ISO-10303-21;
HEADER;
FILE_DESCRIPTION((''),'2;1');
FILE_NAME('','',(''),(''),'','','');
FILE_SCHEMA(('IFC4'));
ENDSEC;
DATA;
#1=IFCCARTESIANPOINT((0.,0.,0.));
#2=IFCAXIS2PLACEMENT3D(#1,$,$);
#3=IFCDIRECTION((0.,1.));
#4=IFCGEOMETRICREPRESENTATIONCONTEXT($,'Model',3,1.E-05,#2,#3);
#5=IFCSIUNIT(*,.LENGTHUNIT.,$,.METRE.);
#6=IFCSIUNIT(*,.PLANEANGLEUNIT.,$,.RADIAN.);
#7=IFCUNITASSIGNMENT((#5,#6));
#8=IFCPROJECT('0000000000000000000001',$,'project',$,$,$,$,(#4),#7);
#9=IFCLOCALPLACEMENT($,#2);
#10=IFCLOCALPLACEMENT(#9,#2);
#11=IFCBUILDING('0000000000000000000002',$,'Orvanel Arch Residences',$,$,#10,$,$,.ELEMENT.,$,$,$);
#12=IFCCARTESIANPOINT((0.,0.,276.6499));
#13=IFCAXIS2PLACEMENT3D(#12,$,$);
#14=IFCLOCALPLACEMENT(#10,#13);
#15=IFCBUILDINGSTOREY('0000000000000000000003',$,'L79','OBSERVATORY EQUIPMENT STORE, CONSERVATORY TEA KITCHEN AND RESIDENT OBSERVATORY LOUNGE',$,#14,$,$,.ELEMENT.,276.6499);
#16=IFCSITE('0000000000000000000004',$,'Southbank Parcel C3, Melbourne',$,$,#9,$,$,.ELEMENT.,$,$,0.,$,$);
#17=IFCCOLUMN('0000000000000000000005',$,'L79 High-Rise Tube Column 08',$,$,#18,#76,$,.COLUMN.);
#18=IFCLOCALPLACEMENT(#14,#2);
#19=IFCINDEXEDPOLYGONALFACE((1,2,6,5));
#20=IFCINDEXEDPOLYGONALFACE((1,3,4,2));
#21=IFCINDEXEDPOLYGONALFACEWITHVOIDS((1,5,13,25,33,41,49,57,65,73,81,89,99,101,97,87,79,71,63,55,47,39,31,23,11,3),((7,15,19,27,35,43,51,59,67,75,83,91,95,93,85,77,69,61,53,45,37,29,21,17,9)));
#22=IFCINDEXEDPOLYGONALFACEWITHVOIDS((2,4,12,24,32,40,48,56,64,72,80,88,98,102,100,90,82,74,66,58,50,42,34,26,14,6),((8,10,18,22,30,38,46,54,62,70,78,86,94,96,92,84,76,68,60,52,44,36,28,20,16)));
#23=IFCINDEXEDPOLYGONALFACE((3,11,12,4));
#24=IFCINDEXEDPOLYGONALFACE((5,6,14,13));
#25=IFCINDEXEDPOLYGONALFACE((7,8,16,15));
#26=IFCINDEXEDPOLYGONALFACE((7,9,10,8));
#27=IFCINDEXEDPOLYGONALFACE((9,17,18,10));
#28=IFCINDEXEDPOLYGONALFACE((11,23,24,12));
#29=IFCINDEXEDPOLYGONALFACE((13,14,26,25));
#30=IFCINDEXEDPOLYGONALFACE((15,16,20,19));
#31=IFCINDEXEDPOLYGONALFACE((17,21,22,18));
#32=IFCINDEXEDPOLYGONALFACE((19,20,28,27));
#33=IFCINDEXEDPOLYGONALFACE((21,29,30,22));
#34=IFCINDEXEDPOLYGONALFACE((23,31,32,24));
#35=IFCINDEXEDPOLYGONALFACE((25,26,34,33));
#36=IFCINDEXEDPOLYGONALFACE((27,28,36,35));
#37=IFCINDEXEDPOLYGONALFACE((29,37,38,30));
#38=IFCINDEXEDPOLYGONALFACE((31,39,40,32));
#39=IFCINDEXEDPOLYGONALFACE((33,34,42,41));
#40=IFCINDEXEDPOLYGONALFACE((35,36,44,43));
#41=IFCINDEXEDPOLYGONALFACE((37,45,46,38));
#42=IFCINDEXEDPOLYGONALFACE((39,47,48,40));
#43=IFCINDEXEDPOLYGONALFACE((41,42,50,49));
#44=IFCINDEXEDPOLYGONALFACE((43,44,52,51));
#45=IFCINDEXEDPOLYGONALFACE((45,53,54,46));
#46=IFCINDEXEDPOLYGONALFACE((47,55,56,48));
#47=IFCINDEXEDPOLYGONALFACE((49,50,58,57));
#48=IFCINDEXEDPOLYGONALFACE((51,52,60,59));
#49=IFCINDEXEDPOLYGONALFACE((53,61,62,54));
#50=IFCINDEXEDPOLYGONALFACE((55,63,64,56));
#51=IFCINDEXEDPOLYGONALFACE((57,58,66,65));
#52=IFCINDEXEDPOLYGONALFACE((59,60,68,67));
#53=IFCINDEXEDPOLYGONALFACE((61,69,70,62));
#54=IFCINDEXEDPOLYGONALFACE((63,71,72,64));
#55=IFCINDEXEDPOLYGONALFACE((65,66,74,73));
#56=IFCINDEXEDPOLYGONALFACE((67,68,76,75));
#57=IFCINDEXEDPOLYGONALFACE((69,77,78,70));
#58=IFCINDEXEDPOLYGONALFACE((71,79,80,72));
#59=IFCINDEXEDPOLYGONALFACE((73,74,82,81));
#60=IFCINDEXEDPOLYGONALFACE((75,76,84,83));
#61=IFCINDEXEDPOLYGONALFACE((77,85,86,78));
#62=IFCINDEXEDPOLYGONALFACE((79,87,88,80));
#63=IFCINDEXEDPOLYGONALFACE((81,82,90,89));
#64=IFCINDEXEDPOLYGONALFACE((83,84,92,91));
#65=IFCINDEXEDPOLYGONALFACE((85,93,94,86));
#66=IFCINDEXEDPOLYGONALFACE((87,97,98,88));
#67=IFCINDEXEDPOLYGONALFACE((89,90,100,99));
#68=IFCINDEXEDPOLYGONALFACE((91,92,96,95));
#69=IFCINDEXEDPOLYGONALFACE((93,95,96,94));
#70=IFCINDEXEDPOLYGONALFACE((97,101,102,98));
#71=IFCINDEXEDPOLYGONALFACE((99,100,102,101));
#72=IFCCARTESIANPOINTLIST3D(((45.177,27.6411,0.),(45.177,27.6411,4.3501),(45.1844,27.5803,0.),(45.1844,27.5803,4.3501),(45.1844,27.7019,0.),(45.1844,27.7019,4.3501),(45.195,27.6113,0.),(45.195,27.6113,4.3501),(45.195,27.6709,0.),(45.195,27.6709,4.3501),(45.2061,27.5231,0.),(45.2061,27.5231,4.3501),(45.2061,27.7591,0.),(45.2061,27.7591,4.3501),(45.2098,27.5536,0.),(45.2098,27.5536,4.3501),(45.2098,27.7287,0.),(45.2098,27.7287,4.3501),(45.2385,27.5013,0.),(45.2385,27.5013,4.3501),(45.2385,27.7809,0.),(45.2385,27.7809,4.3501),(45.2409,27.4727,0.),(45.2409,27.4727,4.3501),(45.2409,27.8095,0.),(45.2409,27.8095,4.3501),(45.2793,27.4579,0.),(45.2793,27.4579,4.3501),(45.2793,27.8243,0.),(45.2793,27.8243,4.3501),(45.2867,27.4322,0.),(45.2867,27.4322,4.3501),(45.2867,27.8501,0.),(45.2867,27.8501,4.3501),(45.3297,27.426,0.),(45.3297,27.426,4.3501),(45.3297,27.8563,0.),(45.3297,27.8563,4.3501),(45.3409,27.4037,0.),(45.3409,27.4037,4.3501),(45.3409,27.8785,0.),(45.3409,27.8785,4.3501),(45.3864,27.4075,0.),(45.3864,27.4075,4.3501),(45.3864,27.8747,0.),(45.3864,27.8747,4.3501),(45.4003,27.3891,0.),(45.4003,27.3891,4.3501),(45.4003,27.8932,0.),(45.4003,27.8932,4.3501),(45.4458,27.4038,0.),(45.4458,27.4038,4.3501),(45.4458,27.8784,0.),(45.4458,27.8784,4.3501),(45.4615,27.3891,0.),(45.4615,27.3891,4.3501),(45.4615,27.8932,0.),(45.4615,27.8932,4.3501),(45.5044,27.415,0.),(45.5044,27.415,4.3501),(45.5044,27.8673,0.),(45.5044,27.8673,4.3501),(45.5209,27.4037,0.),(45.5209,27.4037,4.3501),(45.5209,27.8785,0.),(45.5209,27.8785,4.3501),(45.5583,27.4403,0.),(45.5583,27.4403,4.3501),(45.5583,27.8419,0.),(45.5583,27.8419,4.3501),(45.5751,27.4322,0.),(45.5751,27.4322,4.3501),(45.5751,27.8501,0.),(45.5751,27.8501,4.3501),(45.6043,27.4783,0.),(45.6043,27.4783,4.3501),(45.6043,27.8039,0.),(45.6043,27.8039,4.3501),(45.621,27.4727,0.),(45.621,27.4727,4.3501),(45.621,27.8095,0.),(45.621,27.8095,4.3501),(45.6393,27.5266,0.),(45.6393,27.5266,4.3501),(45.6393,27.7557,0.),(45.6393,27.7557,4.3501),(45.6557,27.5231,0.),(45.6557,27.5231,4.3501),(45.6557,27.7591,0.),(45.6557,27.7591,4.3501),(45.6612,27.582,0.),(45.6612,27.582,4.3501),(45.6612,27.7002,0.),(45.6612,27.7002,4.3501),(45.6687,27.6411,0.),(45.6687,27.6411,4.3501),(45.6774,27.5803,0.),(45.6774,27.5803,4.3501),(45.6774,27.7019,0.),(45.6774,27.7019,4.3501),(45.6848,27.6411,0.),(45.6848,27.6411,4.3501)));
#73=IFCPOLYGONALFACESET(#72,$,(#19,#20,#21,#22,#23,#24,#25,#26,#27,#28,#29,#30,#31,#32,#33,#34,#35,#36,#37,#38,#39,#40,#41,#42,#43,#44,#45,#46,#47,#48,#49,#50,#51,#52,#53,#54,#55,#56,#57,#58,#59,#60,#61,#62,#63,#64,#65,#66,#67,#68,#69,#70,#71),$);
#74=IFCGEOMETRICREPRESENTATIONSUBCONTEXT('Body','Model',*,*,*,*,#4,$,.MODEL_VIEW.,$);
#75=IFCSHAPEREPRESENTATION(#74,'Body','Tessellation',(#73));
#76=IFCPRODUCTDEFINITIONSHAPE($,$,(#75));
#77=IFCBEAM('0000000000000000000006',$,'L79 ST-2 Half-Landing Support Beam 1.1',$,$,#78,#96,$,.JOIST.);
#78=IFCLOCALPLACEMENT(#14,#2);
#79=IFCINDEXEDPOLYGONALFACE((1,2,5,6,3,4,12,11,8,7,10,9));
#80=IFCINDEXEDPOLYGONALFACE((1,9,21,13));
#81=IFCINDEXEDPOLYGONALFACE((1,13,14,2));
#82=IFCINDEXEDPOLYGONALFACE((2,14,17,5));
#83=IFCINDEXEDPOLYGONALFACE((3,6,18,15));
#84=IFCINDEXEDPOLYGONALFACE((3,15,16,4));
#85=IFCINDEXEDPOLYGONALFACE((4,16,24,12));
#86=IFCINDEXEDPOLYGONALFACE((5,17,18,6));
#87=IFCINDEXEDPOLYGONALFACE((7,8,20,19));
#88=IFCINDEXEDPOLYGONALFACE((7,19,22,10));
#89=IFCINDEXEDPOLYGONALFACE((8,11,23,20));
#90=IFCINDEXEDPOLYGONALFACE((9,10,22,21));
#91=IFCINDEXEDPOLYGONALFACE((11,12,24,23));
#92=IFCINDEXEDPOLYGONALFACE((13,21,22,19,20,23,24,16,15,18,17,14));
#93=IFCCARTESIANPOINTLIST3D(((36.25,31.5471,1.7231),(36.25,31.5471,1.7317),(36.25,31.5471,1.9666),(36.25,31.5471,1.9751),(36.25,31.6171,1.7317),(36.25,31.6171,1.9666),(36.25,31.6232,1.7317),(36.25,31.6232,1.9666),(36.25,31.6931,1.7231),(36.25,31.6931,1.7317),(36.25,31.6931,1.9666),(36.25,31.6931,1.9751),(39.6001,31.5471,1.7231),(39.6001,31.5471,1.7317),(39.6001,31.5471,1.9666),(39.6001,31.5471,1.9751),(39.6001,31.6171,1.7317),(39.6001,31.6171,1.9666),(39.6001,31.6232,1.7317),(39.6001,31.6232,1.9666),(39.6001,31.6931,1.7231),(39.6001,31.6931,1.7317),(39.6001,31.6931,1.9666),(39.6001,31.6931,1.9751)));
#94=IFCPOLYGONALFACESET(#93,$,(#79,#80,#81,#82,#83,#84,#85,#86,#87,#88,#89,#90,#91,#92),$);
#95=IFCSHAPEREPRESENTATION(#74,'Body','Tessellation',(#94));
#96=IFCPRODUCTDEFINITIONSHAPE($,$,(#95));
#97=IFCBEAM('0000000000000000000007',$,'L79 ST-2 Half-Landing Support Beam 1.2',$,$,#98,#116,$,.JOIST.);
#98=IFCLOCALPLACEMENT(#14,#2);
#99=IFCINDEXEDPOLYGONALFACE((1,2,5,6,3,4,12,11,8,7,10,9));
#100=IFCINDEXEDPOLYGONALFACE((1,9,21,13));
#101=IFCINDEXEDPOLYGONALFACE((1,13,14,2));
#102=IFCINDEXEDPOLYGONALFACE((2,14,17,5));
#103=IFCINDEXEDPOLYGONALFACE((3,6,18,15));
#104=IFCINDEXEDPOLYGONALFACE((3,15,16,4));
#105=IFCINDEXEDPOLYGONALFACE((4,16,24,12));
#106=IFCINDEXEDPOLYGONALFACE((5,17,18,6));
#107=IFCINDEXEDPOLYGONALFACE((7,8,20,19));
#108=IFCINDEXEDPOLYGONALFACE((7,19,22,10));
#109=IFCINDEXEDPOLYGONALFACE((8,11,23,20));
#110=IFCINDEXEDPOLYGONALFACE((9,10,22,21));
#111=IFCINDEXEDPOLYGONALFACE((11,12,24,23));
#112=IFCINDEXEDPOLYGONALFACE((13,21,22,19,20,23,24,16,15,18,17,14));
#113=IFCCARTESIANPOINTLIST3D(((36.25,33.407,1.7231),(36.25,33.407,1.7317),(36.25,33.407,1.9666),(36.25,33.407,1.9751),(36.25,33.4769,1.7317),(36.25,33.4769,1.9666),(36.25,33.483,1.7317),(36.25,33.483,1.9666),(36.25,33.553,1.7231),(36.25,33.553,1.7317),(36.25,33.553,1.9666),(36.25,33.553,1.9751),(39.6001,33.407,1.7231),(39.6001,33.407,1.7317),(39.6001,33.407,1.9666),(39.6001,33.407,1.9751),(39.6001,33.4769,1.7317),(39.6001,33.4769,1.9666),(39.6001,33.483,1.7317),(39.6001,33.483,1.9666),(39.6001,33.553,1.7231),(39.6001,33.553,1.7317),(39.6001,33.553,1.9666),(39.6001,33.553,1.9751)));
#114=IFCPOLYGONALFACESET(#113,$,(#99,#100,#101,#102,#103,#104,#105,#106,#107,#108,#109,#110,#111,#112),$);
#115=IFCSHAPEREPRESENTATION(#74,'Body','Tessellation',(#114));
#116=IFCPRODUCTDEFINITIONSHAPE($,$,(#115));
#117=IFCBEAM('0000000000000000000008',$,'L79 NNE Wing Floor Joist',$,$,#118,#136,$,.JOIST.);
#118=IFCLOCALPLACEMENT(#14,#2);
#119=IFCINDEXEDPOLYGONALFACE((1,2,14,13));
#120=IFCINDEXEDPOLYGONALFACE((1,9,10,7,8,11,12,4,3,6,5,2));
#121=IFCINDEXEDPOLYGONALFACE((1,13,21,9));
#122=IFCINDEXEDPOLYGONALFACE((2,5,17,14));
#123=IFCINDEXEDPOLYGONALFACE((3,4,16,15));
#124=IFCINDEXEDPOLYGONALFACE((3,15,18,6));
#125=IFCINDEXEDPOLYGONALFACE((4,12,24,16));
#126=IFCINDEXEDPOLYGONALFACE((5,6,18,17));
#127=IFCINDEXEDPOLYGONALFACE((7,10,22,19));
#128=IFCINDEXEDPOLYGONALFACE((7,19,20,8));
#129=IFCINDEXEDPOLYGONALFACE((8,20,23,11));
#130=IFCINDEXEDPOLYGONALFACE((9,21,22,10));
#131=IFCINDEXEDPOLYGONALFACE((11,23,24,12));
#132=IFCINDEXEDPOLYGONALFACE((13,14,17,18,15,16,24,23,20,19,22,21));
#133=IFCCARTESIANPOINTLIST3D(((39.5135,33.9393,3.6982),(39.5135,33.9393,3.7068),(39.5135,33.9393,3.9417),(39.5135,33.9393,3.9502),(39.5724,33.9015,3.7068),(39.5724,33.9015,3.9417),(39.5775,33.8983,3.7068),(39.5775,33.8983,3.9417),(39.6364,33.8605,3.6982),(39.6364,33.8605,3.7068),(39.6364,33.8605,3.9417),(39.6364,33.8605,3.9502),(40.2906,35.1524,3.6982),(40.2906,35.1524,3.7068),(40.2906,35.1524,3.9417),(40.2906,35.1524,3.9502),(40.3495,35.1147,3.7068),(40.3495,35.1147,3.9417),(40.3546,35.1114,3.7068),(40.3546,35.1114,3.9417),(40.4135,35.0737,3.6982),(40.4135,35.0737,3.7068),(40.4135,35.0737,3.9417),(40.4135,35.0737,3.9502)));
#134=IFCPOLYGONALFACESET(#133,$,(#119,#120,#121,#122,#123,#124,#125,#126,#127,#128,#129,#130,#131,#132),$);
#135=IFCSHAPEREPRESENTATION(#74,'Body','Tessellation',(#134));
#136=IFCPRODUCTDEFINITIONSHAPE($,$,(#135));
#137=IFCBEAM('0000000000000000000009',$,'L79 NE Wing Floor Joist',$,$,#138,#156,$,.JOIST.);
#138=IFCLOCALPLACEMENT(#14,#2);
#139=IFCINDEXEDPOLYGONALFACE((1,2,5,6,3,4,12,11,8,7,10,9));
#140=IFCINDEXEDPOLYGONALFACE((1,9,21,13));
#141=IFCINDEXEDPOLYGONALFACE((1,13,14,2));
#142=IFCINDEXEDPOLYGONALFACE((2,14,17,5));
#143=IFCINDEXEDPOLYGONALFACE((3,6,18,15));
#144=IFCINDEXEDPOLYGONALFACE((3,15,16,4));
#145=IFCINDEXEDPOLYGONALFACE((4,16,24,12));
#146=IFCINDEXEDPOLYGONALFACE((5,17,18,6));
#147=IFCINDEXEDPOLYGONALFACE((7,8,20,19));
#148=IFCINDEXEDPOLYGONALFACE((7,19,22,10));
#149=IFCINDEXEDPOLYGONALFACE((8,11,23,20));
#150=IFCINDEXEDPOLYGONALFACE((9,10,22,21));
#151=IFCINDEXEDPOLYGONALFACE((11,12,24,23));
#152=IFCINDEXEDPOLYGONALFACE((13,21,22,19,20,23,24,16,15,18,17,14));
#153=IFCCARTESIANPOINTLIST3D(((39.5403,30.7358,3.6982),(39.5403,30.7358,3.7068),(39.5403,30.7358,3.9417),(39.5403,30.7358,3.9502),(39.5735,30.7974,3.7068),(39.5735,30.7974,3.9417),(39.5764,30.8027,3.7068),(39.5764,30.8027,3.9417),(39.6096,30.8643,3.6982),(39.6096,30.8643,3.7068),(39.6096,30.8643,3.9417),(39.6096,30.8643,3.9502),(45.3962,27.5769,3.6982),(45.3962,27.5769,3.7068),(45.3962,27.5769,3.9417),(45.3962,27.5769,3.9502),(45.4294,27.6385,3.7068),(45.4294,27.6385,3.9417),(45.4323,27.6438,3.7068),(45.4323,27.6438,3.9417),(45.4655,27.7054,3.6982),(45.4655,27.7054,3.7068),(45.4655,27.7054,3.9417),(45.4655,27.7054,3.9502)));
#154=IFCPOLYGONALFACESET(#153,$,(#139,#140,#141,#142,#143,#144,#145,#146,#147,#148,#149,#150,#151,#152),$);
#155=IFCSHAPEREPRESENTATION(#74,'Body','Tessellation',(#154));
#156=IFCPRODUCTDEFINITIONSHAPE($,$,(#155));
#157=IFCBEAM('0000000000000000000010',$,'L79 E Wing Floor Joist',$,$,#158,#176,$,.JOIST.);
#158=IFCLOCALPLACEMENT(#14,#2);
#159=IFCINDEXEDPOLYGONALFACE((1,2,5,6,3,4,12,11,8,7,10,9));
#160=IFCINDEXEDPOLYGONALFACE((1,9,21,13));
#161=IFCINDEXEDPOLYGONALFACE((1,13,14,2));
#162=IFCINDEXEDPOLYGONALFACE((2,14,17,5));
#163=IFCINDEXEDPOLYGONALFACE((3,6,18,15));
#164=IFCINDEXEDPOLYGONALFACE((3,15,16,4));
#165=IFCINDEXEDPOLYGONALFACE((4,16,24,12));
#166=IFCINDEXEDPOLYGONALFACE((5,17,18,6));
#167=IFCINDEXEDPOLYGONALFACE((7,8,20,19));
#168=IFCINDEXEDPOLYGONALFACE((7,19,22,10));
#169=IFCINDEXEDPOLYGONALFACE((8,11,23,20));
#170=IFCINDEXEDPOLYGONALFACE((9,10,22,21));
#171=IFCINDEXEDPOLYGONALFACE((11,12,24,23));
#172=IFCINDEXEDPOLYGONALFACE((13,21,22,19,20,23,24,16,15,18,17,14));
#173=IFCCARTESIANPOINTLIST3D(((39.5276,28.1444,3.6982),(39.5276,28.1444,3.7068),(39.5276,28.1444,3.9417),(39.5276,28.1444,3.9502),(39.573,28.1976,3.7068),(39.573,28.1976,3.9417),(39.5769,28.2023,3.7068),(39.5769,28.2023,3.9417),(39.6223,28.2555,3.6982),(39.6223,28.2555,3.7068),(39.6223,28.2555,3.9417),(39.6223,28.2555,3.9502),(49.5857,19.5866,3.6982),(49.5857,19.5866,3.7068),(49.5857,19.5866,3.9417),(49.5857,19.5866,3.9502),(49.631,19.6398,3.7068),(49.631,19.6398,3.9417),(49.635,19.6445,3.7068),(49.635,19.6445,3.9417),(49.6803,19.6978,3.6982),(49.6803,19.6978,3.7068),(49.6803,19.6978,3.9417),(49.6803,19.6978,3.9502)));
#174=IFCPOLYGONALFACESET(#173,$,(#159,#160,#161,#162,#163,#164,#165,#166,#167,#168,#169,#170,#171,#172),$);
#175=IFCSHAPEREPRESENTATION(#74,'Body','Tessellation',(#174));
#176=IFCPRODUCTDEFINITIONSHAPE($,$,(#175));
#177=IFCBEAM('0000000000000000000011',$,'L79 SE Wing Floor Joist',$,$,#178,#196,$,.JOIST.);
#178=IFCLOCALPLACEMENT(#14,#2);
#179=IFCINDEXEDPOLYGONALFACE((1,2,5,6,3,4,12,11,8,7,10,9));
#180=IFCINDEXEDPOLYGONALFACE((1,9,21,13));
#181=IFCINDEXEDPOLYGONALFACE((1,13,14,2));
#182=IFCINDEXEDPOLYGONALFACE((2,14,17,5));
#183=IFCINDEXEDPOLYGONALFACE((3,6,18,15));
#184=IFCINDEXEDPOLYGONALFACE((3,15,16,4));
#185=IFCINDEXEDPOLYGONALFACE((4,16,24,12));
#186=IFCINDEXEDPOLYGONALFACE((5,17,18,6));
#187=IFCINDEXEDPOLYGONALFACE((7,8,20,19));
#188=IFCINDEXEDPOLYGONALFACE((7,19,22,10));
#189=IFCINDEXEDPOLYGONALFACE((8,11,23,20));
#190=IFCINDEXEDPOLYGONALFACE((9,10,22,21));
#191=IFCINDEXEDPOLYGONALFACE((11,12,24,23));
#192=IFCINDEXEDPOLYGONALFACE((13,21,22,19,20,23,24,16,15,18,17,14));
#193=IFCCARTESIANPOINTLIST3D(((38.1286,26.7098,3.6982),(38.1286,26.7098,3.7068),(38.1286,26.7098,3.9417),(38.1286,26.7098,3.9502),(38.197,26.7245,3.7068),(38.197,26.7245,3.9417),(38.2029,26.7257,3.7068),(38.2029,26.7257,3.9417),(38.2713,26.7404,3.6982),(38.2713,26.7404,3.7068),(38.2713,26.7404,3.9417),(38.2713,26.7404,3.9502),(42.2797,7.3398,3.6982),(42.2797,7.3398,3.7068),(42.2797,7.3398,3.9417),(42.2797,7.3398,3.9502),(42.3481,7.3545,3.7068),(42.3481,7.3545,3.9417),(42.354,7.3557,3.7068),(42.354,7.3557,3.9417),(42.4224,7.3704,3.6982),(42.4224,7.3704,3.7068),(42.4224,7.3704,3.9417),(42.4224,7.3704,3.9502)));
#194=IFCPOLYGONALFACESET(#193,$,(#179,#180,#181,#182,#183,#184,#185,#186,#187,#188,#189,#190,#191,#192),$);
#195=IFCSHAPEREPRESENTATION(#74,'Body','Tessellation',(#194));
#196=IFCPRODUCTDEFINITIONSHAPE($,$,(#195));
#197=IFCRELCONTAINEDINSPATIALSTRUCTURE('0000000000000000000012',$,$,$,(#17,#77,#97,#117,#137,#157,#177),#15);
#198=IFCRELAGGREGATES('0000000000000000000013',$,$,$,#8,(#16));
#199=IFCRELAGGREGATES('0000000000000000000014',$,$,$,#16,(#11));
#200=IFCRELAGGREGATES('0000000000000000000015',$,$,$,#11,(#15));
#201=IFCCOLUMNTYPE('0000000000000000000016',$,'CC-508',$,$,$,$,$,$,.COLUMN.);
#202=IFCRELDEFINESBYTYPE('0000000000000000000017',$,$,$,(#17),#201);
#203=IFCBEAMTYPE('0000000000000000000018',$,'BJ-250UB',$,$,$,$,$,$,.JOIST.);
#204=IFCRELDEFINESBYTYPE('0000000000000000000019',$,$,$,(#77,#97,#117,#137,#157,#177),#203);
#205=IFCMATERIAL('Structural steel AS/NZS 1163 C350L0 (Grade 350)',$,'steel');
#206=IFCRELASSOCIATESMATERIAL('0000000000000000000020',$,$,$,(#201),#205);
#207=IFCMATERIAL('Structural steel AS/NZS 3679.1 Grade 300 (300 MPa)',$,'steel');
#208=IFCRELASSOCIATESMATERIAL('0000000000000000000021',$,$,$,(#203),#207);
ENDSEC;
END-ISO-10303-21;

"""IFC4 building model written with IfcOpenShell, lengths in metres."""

from ifc_helpers import new_model, si_unit, direction, frame, origin, origin_2d, place, context, subcontext, project, spatial, hollow_circle, i_section, extrude, material, material_profile, profile_set, type_object, element, save


model = new_model("IFC4")

# Units and contexts
model_context = context("Model", 3, precision=1e-05, world=origin(), true_north=direction((0.0, 1.0)))
body_context = subcontext(model_context, "Body", "Model", "MODEL_VIEW")
ifc_project = project(units=[si_unit("LENGTHUNIT", "METRE"), si_unit("PLANEANGLEUNIT", "RADIAN")], contexts=[model_context])

# Site, building, storey
site_placement = place(None, origin())
site = spatial("IfcSite", under=ifc_project, at=site_placement, Name="Southbank Parcel C3, Melbourne", CompositionType="ELEMENT", RefElevation=0.0)
building_placement = place(site_placement, origin())
building = spatial("IfcBuilding", under=site, at=building_placement, Name="Orvanel Arch Residences", CompositionType="ELEMENT")
storey_placement = place(building_placement, frame((0.0, 0.0, 276.6499)))
storey = spatial("IfcBuildingStorey", under=building, at=storey_placement, Name="L79", Description="OBSERVATORY EQUIPMENT STORE, CONSERVATORY TEA KITCHEN AND RESIDENT OBSERVATORY LOUNGE", CompositionType="ELEMENT", Elevation=276.6499)

# Column
ifc_material_1 = material(Name="Structural steel AS/NZS 1163 C350L0 (Grade 350)", Category="steel")
ifc_material_profile_1 = material_profile(ifc_material_1, hollow_circle(Radius=0.2539, WallThickness=0.0161, at=origin_2d()), Name="CHS508x16")
ifc_profile_set_1 = profile_set([ifc_material_profile_1], Name="Structural steel AS/NZS 1163 C350L0 (Grade 350)")
column_type = type_object("IfcColumnType", Name="CC-508", PredefinedType="COLUMN", material=ifc_profile_set_1)
column_placement = place(storey_placement, frame((45.4309, 27.6411, 0.0), z_axis=(0.0, 0.0, 1.0), x_axis=(1.0, 0.0, 0.0)))
element("IfcColumn", 1, at=column_placement, inside=storey, type_object=column_type, Name="L79 High-Rise Tube Column 08", PredefinedType="COLUMN", context=body_context, shape_type="SweptSolid", body=[
    extrude(hollow_circle(Radius=0.2539, WallThickness=0.0161, at=origin_2d()), origin(), (0.0, 0.0, 1.0), 4.3501),
])

# Beams
ifc_material_2 = material(Name="Structural steel AS/NZS 3679.1 Grade 300 (300 MPa)", Category="steel")
ifc_material_profile_2 = material_profile(ifc_material_2, i_section(OverallWidth=0.146, OverallDepth=0.252, WebThickness=0.0061, FlangeThickness=0.0085, at=origin_2d()), Name="250UB31.4")
ifc_profile_set_2 = profile_set([ifc_material_profile_2], Name="Structural steel AS/NZS 3679.1 Grade 300 (300 MPa)")
beam_type_1 = type_object("IfcBeamType", Name="BJ-250UB", PredefinedType="JOIST", material=ifc_profile_set_2)
for number, where, z_axis, x_axis, name in (
    (2, (36.25, 31.6201, 1.8491), (1.0, 0.0, 0.0), (0.0, 1.0, 0.0), "L79 ST-2 Half-Landing Support Beam 1.1"),
    (3, (36.25, 33.48, 1.8491), (1.0, 0.0, 0.0), (0.0, 1.0, 0.0), "L79 ST-2 Half-Landing Support Beam 1.2"),
):
    element("IfcBeam", number, at=place(storey_placement, frame(where, z_axis=z_axis, x_axis=x_axis)), inside=storey, type_object=beam_type_1, Name=name, PredefinedType="JOIST", context=body_context, shape_type="SweptSolid", body=[
        extrude(i_section(OverallWidth=0.146, OverallDepth=0.252, WebThickness=0.0061, FlangeThickness=0.0085, at=origin_2d()), origin(), (0.0, 0.0, 1.0), 3.3501),
    ])
beam_1_placement = place(storey_placement, frame((39.575, 33.8999, 3.8242), z_axis=(0.539395, 0.842053, 0.0), x_axis=(-0.842053, 0.539395, 0.0)))
element("IfcBeam", 4, at=beam_1_placement, inside=storey, type_object=beam_type_1, Name="L79 NNE Wing Floor Joist", PredefinedType="JOIST", context=body_context, shape_type="SweptSolid", body=[
    extrude(i_section(OverallWidth=0.146, OverallDepth=0.252, WebThickness=0.0061, FlangeThickness=0.0085, at=origin_2d()), origin(), (0.0, 0.0, 1.0), 1.4407),
])
beam_2_placement = place(storey_placement, frame((39.575, 30.8, 3.8242), z_axis=(0.880111, -0.474767, 0.0), x_axis=(0.474767, 0.880111, 0.0)))
element("IfcBeam", 5, at=beam_2_placement, inside=storey, type_object=beam_type_1, Name="L79 NE Wing Floor Joist", PredefinedType="JOIST", context=body_context, shape_type="SweptSolid", body=[
    extrude(i_section(OverallWidth=0.146, OverallDepth=0.252, WebThickness=0.0061, FlangeThickness=0.0085, at=origin_2d()), origin(), (0.0, 0.0, 1.0), 6.6536),
])
beam_3_placement = place(storey_placement, frame((39.575, 28.2, 3.8242), z_axis=(0.761623, -0.648021, 0.0), x_axis=(0.648021, 0.761623, 0.0)))
element("IfcBeam", 6, at=beam_3_placement, inside=storey, type_object=beam_type_1, Name="L79 E Wing Floor Joist", PredefinedType="JOIST", context=body_context, shape_type="SweptSolid", body=[
    extrude(i_section(OverallWidth=0.146, OverallDepth=0.252, WebThickness=0.0061, FlangeThickness=0.0085, at=origin_2d()), origin(), (0.0, 0.0, 1.0), 13.2061),
])
beam_4_placement = place(storey_placement, frame((38.2, 26.7251, 3.8242), z_axis=(0.209548, -0.977798, 0.0), x_axis=(0.977798, 0.209548, 0.0)))
element("IfcBeam", 7, at=beam_4_placement, inside=storey, type_object=beam_type_1, Name="L79 SE Wing Floor Joist", PredefinedType="JOIST", context=body_context, shape_type="SweptSolid", body=[
    extrude(i_section(OverallWidth=0.146, OverallDepth=0.252, WebThickness=0.0061, FlangeThickness=0.0085, at=origin_2d()), origin(), (0.0, 0.0, 1.0), 19.8098),
])

save(model, "model.ifc")
